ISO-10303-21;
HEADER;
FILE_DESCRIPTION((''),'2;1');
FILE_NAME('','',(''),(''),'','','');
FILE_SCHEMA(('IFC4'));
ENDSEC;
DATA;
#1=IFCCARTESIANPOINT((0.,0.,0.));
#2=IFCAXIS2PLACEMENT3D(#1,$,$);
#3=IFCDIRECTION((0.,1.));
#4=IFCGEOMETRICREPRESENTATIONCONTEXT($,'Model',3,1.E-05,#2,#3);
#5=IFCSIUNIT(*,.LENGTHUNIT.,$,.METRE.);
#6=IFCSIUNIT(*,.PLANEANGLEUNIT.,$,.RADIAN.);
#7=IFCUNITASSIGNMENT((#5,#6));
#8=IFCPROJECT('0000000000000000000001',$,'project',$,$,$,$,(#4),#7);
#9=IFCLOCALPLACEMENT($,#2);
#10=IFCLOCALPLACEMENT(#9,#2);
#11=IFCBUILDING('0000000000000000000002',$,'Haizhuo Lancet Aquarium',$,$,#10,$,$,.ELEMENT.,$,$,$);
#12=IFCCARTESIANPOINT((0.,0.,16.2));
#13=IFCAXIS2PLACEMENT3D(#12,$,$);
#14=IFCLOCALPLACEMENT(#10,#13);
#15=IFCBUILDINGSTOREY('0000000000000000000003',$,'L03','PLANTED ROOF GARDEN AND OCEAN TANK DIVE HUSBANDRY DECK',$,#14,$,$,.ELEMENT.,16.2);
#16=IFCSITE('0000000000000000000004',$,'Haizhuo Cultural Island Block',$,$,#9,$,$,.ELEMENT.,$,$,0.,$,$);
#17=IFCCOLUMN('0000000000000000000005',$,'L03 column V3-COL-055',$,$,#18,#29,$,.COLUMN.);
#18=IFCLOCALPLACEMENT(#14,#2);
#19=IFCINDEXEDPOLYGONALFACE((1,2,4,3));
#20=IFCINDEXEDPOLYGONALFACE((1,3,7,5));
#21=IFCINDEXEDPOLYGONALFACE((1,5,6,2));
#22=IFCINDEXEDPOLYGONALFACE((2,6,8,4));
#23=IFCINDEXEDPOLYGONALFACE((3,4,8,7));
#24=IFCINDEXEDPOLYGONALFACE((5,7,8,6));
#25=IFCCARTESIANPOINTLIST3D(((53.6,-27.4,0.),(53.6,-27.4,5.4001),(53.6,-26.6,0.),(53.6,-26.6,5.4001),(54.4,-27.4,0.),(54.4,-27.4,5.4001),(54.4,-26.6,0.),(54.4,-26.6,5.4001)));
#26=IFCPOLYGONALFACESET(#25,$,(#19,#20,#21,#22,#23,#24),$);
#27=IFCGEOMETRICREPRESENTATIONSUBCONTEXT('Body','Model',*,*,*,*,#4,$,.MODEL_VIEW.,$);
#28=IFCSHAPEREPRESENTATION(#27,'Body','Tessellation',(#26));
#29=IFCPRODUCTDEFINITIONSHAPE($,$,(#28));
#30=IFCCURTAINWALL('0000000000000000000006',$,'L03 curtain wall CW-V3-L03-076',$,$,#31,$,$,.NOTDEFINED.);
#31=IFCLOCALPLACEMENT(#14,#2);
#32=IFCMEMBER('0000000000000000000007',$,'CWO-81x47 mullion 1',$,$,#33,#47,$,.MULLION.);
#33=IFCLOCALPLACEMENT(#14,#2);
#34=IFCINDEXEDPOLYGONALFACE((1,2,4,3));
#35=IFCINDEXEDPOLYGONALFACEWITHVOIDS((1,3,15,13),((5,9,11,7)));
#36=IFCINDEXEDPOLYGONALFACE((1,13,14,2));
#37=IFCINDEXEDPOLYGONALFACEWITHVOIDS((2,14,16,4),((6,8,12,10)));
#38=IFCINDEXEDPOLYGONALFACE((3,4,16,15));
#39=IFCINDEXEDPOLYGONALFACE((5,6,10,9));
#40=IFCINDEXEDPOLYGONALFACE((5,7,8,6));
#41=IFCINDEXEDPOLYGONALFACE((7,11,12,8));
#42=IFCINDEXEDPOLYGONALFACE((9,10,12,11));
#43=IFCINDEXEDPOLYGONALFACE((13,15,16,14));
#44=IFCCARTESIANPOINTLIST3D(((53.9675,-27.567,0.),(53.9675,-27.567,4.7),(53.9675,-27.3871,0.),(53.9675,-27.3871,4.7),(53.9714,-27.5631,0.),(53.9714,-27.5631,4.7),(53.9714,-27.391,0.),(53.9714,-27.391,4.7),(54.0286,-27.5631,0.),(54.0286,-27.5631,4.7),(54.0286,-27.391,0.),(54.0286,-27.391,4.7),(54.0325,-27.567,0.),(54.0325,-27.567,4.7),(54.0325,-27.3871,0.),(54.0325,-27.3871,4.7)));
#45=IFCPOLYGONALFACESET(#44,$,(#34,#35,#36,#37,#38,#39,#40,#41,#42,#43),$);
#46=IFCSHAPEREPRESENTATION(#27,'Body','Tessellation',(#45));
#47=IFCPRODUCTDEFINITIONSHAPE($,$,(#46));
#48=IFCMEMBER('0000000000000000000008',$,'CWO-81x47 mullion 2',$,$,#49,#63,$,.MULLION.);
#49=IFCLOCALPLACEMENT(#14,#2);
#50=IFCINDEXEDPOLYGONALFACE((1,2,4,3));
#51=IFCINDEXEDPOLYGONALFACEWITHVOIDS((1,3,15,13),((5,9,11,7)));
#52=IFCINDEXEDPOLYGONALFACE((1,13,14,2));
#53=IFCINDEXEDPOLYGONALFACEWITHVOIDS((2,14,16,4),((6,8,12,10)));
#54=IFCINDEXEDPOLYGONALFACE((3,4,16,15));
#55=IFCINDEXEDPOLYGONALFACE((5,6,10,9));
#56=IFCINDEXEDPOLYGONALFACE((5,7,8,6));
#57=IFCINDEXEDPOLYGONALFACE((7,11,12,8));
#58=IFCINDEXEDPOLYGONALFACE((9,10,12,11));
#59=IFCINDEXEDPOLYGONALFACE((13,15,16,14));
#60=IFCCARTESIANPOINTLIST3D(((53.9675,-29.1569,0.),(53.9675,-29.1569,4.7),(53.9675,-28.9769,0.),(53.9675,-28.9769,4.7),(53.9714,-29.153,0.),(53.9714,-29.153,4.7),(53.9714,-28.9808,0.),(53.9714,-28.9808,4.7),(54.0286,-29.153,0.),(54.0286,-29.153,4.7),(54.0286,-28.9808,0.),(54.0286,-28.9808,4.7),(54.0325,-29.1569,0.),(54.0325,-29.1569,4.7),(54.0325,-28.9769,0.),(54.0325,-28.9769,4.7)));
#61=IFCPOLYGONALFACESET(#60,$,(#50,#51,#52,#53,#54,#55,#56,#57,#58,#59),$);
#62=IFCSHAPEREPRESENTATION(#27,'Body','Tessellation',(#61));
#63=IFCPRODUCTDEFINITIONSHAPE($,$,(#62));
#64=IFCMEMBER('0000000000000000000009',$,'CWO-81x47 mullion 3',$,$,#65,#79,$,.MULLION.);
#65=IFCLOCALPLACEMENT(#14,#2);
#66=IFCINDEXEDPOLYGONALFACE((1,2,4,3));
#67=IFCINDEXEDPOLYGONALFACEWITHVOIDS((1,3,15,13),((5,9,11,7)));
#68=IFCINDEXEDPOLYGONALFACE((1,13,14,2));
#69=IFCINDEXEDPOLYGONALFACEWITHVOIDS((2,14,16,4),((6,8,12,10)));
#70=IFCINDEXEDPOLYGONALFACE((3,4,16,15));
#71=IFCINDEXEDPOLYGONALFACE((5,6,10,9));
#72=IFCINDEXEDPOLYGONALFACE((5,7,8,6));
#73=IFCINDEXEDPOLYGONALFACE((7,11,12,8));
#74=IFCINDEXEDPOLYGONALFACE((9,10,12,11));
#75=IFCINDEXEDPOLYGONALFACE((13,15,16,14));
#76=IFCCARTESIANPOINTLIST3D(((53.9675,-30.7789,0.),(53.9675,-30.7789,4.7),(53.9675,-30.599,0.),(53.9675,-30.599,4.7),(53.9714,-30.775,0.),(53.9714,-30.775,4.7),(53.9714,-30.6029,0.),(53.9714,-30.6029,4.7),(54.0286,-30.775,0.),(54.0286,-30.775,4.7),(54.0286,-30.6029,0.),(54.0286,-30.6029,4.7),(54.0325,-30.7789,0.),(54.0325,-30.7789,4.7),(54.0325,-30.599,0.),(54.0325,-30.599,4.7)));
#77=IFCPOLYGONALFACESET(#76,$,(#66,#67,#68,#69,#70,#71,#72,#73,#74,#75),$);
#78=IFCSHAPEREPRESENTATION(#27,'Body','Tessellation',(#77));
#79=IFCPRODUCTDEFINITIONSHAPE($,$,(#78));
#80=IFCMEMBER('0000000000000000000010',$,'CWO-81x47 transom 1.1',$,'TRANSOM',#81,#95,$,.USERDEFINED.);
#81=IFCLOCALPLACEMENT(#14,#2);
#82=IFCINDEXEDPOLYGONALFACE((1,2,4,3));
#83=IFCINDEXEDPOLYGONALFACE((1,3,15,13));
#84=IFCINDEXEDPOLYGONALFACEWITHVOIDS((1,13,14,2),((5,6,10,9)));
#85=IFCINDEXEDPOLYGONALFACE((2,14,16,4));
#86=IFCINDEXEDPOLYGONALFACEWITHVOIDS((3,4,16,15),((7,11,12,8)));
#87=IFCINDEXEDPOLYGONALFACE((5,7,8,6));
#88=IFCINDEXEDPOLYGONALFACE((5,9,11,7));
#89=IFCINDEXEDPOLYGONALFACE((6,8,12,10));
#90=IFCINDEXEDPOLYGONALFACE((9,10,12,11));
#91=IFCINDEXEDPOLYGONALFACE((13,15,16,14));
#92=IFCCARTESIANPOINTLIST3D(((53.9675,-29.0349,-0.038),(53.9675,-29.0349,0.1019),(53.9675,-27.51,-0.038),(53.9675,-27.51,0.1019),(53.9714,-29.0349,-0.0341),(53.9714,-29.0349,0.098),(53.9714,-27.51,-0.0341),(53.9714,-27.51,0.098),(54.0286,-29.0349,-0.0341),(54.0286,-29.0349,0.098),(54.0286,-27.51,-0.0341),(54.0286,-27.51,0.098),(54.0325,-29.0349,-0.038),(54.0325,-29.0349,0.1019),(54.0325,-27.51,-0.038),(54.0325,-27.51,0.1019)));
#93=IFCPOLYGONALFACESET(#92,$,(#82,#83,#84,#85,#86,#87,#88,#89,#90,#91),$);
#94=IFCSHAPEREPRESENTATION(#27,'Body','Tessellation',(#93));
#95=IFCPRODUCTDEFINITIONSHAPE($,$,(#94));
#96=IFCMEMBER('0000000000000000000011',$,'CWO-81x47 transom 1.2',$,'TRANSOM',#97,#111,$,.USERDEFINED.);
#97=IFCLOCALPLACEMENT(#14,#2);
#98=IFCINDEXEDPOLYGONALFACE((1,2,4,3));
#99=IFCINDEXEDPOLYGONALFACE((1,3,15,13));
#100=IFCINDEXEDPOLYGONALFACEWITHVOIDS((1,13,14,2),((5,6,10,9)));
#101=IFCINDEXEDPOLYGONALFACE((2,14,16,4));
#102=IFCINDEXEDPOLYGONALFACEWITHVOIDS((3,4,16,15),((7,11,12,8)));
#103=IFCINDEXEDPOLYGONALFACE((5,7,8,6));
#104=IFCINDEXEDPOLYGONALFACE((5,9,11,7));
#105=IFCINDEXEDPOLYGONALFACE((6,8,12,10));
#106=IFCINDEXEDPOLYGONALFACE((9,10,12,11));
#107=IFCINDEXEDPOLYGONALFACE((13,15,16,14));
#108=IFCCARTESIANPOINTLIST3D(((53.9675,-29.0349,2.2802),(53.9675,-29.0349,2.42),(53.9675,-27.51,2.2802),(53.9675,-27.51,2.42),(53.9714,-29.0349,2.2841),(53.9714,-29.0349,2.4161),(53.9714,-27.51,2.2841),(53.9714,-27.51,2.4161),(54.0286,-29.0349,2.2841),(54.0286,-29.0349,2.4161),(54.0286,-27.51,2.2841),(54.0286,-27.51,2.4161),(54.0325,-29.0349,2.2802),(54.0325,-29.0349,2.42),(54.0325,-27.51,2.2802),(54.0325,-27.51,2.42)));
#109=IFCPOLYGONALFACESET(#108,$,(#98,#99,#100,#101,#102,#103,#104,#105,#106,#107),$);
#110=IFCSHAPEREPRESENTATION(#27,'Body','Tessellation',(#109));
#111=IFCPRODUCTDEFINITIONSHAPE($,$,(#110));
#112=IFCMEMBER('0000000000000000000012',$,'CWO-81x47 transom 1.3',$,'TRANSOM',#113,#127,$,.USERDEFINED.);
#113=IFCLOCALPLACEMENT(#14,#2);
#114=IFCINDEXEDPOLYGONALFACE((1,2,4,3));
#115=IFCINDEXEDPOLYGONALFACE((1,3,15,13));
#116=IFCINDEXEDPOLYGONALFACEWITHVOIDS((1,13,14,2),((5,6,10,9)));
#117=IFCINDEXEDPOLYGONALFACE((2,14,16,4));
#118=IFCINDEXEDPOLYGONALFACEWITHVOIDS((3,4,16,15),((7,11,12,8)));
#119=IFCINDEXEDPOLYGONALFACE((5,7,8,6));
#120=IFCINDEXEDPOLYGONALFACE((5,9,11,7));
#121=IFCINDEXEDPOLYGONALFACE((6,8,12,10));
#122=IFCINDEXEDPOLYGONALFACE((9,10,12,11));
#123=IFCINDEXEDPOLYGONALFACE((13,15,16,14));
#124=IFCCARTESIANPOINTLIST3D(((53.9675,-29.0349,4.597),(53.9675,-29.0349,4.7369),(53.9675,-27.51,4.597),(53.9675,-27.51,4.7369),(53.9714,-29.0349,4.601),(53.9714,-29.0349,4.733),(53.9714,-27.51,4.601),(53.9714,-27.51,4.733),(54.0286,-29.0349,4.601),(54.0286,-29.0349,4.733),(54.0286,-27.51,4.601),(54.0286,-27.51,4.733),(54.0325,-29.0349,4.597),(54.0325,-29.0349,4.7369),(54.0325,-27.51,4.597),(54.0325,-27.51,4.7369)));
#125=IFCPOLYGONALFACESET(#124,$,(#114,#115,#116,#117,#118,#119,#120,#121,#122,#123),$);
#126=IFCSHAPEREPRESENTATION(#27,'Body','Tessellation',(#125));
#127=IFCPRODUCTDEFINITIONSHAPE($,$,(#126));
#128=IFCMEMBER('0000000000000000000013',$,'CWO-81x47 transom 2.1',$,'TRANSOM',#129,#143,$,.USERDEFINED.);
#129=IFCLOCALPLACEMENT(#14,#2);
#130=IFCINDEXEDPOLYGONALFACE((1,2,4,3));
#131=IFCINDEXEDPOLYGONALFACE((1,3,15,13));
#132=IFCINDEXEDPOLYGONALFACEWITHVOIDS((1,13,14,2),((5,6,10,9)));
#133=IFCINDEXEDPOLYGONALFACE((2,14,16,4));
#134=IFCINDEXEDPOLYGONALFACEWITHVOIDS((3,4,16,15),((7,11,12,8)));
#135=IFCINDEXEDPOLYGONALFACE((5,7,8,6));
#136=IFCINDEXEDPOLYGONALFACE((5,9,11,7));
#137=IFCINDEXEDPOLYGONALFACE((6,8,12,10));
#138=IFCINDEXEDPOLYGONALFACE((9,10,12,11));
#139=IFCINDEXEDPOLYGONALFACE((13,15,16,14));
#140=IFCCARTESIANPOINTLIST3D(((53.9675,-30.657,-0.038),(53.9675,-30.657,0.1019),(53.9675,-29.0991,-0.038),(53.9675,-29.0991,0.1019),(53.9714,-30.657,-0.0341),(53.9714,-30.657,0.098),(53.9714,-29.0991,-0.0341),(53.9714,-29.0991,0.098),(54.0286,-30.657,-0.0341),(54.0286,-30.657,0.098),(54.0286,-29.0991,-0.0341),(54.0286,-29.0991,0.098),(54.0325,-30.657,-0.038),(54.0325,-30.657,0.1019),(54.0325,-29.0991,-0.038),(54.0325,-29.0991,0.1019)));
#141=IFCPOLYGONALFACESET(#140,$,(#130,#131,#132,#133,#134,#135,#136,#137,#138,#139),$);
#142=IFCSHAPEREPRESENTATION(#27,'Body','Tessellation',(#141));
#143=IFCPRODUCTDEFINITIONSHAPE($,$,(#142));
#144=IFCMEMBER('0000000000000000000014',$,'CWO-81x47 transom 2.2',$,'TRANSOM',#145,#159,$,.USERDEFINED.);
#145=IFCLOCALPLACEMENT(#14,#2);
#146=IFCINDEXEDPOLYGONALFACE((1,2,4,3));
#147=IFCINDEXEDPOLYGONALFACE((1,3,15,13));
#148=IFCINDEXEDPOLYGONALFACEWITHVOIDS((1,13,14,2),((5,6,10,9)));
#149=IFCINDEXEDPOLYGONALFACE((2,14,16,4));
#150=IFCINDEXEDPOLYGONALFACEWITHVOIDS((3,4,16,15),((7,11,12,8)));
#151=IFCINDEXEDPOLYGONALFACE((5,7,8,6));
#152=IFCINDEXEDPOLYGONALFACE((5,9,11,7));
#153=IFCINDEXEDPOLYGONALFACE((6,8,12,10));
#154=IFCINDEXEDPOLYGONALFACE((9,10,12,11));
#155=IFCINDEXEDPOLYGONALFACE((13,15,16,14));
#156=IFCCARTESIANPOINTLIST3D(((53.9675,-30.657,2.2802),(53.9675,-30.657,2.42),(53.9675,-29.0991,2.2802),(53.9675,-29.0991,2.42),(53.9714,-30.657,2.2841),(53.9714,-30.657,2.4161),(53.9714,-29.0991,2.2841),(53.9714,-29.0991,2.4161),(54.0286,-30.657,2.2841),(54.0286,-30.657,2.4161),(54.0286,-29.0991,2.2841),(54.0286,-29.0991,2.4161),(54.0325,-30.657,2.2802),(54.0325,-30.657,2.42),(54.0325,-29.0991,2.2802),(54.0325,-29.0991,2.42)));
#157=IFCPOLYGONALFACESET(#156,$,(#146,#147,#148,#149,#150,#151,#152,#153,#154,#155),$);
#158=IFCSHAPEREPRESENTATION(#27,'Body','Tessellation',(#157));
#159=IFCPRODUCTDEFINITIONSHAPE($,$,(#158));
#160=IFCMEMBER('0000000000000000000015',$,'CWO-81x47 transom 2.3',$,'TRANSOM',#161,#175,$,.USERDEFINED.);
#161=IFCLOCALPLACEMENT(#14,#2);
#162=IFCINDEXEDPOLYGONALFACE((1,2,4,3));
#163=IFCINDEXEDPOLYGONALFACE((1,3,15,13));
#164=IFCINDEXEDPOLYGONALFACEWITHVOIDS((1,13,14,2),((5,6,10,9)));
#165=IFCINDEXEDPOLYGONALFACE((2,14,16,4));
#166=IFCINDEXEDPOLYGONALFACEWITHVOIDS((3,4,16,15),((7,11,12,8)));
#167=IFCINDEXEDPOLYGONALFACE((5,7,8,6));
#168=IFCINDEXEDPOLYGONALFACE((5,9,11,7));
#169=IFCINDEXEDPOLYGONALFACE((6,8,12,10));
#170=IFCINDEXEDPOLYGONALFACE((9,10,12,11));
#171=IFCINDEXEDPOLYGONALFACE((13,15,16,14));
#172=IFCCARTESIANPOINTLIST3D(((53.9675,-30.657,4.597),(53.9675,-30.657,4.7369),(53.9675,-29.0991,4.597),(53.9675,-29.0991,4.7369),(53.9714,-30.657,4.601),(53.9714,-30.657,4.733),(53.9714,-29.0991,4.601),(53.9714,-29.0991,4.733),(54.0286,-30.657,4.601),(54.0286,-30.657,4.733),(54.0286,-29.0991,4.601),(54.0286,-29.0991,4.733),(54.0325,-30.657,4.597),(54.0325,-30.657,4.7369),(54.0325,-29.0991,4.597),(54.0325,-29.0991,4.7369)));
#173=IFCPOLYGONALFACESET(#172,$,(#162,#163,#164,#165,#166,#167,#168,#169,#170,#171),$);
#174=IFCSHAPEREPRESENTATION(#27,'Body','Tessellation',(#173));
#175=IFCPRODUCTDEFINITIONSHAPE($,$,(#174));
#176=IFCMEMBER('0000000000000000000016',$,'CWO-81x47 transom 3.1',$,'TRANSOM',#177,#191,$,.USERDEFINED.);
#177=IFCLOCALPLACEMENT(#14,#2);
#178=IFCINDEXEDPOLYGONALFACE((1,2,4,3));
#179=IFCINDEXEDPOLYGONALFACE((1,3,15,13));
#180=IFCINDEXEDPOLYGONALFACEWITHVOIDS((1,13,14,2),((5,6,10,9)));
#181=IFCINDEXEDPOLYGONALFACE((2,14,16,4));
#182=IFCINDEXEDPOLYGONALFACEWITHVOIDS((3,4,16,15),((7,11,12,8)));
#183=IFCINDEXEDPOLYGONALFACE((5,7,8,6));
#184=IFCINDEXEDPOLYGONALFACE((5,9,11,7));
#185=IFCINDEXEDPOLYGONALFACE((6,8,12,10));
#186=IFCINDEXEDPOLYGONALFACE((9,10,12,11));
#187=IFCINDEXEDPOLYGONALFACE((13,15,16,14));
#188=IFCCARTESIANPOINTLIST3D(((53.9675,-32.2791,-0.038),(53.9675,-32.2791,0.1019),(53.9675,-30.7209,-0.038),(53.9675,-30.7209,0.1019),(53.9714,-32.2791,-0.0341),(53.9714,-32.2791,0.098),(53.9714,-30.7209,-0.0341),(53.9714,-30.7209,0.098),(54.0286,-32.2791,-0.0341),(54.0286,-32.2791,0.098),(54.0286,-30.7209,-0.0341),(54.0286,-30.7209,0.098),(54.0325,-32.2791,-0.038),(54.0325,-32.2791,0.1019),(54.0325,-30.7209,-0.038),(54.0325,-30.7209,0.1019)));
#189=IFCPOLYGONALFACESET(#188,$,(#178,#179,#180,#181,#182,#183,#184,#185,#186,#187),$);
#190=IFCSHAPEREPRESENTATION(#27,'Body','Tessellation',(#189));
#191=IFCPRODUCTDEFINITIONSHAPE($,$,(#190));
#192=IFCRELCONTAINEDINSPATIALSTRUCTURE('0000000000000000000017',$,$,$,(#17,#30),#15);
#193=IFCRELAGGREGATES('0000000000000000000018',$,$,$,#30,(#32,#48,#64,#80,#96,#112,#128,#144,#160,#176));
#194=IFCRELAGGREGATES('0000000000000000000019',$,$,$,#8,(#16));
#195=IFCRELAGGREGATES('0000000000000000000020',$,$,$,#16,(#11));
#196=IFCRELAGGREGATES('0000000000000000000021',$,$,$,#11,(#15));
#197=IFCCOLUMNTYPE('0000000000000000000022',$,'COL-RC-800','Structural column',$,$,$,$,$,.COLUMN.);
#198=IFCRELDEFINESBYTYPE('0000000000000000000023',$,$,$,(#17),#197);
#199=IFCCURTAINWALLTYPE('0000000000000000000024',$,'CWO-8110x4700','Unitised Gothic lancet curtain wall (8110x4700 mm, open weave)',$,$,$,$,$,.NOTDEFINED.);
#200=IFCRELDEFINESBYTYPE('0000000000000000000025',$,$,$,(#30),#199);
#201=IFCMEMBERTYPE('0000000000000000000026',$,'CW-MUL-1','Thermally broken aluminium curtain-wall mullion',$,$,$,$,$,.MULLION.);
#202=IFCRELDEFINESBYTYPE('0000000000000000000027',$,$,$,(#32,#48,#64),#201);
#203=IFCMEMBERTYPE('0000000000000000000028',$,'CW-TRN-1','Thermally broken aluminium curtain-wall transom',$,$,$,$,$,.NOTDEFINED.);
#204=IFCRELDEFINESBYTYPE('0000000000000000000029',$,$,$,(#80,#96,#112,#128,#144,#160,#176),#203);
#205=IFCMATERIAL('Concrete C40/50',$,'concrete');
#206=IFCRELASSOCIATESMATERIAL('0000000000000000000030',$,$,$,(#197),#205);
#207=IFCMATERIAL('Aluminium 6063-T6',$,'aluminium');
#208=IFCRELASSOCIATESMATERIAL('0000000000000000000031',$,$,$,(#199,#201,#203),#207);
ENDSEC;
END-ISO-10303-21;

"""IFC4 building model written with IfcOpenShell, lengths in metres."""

from ifc_helpers import new_model, si_unit, direction, frame, origin, origin_2d, place, context, subcontext, project, spatial, rectangle, hollow_rectangle, extrude, material, material_profile, profile_set, type_object, element, aggregate, save


model = new_model("IFC4")

# Units and contexts
model_context = context("Model", 3, precision=1e-05, world=origin(), true_north=direction((0.0, 1.0)))
body_context = subcontext(model_context, "Body", "Model", "MODEL_VIEW")
ifc_project = project(units=[si_unit("LENGTHUNIT", "METRE"), si_unit("PLANEANGLEUNIT", "RADIAN")], contexts=[model_context])

# Site, building, storey
site_placement = place(None, origin())
site = spatial("IfcSite", under=ifc_project, at=site_placement, Name="Haizhuo Cultural Island Block", CompositionType="ELEMENT", RefElevation=0.0)
building_placement = place(site_placement, origin())
building = spatial("IfcBuilding", under=site, at=building_placement, Name="Haizhuo Lancet Aquarium", CompositionType="ELEMENT")
storey_placement = place(building_placement, frame((0.0, 0.0, 16.2)))
storey = spatial("IfcBuildingStorey", under=building, at=storey_placement, Name="L03", Description="PLANTED ROOF GARDEN AND OCEAN TANK DIVE HUSBANDRY DECK", CompositionType="ELEMENT", Elevation=16.2)

# Column
ifc_material_1 = material(Name="Concrete C40/50", Category="concrete")
ifc_material_profile_1 = material_profile(ifc_material_1, rectangle(XDim=0.8, YDim=0.8, at=origin_2d()), Name="RC-COL 800x800")
ifc_profile_set_1 = profile_set([ifc_material_profile_1], Name="Concrete C40/50")
column_type = type_object("IfcColumnType", Name="COL-RC-800", Description="Structural column", PredefinedType="COLUMN", material=ifc_profile_set_1)
column_placement = place(storey_placement, frame((54.0, -27.0, 0.0), z_axis=(0.0, 0.0, 1.0), x_axis=(1.0, 0.0, 0.0)))
element("IfcColumn", 1, at=column_placement, inside=storey, type_object=column_type, Name="L03 column V3-COL-055", PredefinedType="COLUMN", context=body_context, shape_type="SweptSolid", body=[
    extrude(rectangle(XDim=0.8, YDim=0.8, at=origin_2d()), origin(), (0.0, 0.0, 1.0), 5.4001),
])

# Curtain wall, members
ifc_material_2 = material(Name="Aluminium 6063-T6", Category="aluminium")
curtain_wall_type = type_object("IfcCurtainWallType", Name="CWO-8110x4700", Description="Unitised Gothic lancet curtain wall (8110x4700 mm, open weave)", PredefinedType="NOTDEFINED", material=ifc_material_2)
curtain_wall_placement = place(storey_placement, origin())
curtain_wall = element("IfcCurtainWall", 2, at=curtain_wall_placement, inside=storey, type_object=curtain_wall_type, Name="L03 curtain wall CW-V3-L03-076", PredefinedType="NOTDEFINED")
ifc_material_profile_2 = material_profile(ifc_material_2, hollow_rectangle(XDim=0.0649, YDim=0.1799, WallThickness=0.0039, at=origin_2d()), Name="ALU-M 65x180x4")
ifc_profile_set_2 = profile_set([ifc_material_profile_2], Name="Aluminium 6063-T6")
member_type_1 = type_object("IfcMemberType", Name="CW-MUL-1", Description="Thermally broken aluminium curtain-wall mullion", PredefinedType="MULLION", material=ifc_profile_set_2)
member_1_placement = place(storey_placement, frame((54.0, -27.4771, 0.0), z_axis=(0.0, 0.0, 1.0), x_axis=(1.0, 0.0, 0.0)))
member_1 = element("IfcMember", 3, at=member_1_placement, type_object=member_type_1, Name="CWO-81x47 mullion 1", PredefinedType="MULLION", context=body_context, shape_type="SweptSolid", body=[
    extrude(hollow_rectangle(XDim=0.0649, YDim=0.1799, WallThickness=0.0039, at=origin_2d()), origin(), (0.0, 0.0, 1.0), 4.7),
])
member_2_placement = place(storey_placement, frame((54.0, -29.0669, 0.0), z_axis=(0.0, 0.0, 1.0), x_axis=(1.0, 0.0, 0.0)))
member_2 = element("IfcMember", 4, at=member_2_placement, type_object=member_type_1, Name="CWO-81x47 mullion 2", PredefinedType="MULLION", context=body_context, shape_type="SweptSolid", body=[
    extrude(hollow_rectangle(XDim=0.0649, YDim=0.1799, WallThickness=0.0039, at=origin_2d()), origin(), (0.0, 0.0, 1.0), 4.7),
])
member_3_placement = place(storey_placement, frame((54.0, -30.689, 0.0), z_axis=(0.0, 0.0, 1.0), x_axis=(1.0, 0.0, 0.0)))
member_3 = element("IfcMember", 5, at=member_3_placement, type_object=member_type_1, Name="CWO-81x47 mullion 3", PredefinedType="MULLION", context=body_context, shape_type="SweptSolid", body=[
    extrude(hollow_rectangle(XDim=0.0649, YDim=0.1799, WallThickness=0.0039, at=origin_2d()), origin(), (0.0, 0.0, 1.0), 4.7),
])
ifc_material_profile_3 = material_profile(ifc_material_2, hollow_rectangle(XDim=0.0649, YDim=0.1399, WallThickness=0.0039, at=origin_2d()), Name="ALU-T 65x140x4")
ifc_profile_set_3 = profile_set([ifc_material_profile_3], Name="Aluminium 6063-T6")
member_type_2 = type_object("IfcMemberType", Name="CW-TRN-1", Description="Thermally broken aluminium curtain-wall transom", PredefinedType="NOTDEFINED", material=ifc_profile_set_3)
member_4_placement = place(storey_placement, frame((54.0, -27.51, 0.032), z_axis=(0.0, -1.0, 0.0), x_axis=(1.0, 0.0, 0.0)))
member_4 = element("IfcMember", 6, at=member_4_placement, type_object=member_type_2, Name="CWO-81x47 transom 1.1", ObjectType="TRANSOM", PredefinedType="USERDEFINED", context=body_context, shape_type="SweptSolid", body=[
    extrude(hollow_rectangle(XDim=0.0649, YDim=0.1399, WallThickness=0.0039, at=origin_2d()), origin(), (0.0, 0.0, 1.0), 1.5249),
])
member_5_placement = place(storey_placement, frame((54.0, -27.51, 2.3501), z_axis=(0.0, -1.0, 0.0), x_axis=(1.0, 0.0, 0.0)))
member_5 = element("IfcMember", 7, at=member_5_placement, type_object=member_type_2, Name="CWO-81x47 transom 1.2", ObjectType="TRANSOM", PredefinedType="USERDEFINED", context=body_context, shape_type="SweptSolid", body=[
    extrude(hollow_rectangle(XDim=0.0649, YDim=0.1399, WallThickness=0.0039, at=origin_2d()), origin(), (0.0, 0.0, 1.0), 1.5249),
])
member_6_placement = place(storey_placement, frame((54.0, -27.51, 4.667), z_axis=(0.0, -1.0, 0.0), x_axis=(1.0, 0.0, 0.0)))
member_6 = element("IfcMember", 8, at=member_6_placement, type_object=member_type_2, Name="CWO-81x47 transom 1.3", ObjectType="TRANSOM", PredefinedType="USERDEFINED", context=body_context, shape_type="SweptSolid", body=[
    extrude(hollow_rectangle(XDim=0.0649, YDim=0.1399, WallThickness=0.0039, at=origin_2d()), origin(), (0.0, 0.0, 1.0), 1.5249),
])
member_7_placement = place(storey_placement, frame((54.0, -29.0991, 0.032), z_axis=(0.0, -1.0, 0.0), x_axis=(1.0, 0.0, 0.0)))
member_7 = element("IfcMember", 9, at=member_7_placement, type_object=member_type_2, Name="CWO-81x47 transom 2.1", ObjectType="TRANSOM", PredefinedType="USERDEFINED", context=body_context, shape_type="SweptSolid", body=[
    extrude(hollow_rectangle(XDim=0.0649, YDim=0.1399, WallThickness=0.0039, at=origin_2d()), origin(), (0.0, 0.0, 1.0), 1.5579),
])
member_8_placement = place(storey_placement, frame((54.0, -29.0991, 2.3501), z_axis=(0.0, -1.0, 0.0), x_axis=(1.0, 0.0, 0.0)))
member_8 = element("IfcMember", 10, at=member_8_placement, type_object=member_type_2, Name="CWO-81x47 transom 2.2", ObjectType="TRANSOM", PredefinedType="USERDEFINED", context=body_context, shape_type="SweptSolid", body=[
    extrude(hollow_rectangle(XDim=0.0649, YDim=0.1399, WallThickness=0.0039, at=origin_2d()), origin(), (0.0, 0.0, 1.0), 1.5579),
])
member_9_placement = place(storey_placement, frame((54.0, -29.0991, 4.667), z_axis=(0.0, -1.0, 0.0), x_axis=(1.0, 0.0, 0.0)))
member_9 = element("IfcMember", 11, at=member_9_placement, type_object=member_type_2, Name="CWO-81x47 transom 2.3", ObjectType="TRANSOM", PredefinedType="USERDEFINED", context=body_context, shape_type="SweptSolid", body=[
    extrude(hollow_rectangle(XDim=0.0649, YDim=0.1399, WallThickness=0.0039, at=origin_2d()), origin(), (0.0, 0.0, 1.0), 1.5579),
])
member_10_placement = place(storey_placement, frame((54.0, -30.7209, 0.032), z_axis=(0.0, -1.0, 0.0), x_axis=(1.0, 0.0, 0.0)))
member_10 = element("IfcMember", 12, at=member_10_placement, type_object=member_type_2, Name="CWO-81x47 transom 3.1", ObjectType="TRANSOM", PredefinedType="USERDEFINED", context=body_context, shape_type="SweptSolid", body=[
    extrude(hollow_rectangle(XDim=0.0649, YDim=0.1399, WallThickness=0.0039, at=origin_2d()), origin(), (0.0, 0.0, 1.0), 1.5581),
])

aggregate(curtain_wall, [member_1, member_2, member_3, member_4, member_5, member_6, member_7, member_8, member_9, member_10])

save(model, "model.ifc")
